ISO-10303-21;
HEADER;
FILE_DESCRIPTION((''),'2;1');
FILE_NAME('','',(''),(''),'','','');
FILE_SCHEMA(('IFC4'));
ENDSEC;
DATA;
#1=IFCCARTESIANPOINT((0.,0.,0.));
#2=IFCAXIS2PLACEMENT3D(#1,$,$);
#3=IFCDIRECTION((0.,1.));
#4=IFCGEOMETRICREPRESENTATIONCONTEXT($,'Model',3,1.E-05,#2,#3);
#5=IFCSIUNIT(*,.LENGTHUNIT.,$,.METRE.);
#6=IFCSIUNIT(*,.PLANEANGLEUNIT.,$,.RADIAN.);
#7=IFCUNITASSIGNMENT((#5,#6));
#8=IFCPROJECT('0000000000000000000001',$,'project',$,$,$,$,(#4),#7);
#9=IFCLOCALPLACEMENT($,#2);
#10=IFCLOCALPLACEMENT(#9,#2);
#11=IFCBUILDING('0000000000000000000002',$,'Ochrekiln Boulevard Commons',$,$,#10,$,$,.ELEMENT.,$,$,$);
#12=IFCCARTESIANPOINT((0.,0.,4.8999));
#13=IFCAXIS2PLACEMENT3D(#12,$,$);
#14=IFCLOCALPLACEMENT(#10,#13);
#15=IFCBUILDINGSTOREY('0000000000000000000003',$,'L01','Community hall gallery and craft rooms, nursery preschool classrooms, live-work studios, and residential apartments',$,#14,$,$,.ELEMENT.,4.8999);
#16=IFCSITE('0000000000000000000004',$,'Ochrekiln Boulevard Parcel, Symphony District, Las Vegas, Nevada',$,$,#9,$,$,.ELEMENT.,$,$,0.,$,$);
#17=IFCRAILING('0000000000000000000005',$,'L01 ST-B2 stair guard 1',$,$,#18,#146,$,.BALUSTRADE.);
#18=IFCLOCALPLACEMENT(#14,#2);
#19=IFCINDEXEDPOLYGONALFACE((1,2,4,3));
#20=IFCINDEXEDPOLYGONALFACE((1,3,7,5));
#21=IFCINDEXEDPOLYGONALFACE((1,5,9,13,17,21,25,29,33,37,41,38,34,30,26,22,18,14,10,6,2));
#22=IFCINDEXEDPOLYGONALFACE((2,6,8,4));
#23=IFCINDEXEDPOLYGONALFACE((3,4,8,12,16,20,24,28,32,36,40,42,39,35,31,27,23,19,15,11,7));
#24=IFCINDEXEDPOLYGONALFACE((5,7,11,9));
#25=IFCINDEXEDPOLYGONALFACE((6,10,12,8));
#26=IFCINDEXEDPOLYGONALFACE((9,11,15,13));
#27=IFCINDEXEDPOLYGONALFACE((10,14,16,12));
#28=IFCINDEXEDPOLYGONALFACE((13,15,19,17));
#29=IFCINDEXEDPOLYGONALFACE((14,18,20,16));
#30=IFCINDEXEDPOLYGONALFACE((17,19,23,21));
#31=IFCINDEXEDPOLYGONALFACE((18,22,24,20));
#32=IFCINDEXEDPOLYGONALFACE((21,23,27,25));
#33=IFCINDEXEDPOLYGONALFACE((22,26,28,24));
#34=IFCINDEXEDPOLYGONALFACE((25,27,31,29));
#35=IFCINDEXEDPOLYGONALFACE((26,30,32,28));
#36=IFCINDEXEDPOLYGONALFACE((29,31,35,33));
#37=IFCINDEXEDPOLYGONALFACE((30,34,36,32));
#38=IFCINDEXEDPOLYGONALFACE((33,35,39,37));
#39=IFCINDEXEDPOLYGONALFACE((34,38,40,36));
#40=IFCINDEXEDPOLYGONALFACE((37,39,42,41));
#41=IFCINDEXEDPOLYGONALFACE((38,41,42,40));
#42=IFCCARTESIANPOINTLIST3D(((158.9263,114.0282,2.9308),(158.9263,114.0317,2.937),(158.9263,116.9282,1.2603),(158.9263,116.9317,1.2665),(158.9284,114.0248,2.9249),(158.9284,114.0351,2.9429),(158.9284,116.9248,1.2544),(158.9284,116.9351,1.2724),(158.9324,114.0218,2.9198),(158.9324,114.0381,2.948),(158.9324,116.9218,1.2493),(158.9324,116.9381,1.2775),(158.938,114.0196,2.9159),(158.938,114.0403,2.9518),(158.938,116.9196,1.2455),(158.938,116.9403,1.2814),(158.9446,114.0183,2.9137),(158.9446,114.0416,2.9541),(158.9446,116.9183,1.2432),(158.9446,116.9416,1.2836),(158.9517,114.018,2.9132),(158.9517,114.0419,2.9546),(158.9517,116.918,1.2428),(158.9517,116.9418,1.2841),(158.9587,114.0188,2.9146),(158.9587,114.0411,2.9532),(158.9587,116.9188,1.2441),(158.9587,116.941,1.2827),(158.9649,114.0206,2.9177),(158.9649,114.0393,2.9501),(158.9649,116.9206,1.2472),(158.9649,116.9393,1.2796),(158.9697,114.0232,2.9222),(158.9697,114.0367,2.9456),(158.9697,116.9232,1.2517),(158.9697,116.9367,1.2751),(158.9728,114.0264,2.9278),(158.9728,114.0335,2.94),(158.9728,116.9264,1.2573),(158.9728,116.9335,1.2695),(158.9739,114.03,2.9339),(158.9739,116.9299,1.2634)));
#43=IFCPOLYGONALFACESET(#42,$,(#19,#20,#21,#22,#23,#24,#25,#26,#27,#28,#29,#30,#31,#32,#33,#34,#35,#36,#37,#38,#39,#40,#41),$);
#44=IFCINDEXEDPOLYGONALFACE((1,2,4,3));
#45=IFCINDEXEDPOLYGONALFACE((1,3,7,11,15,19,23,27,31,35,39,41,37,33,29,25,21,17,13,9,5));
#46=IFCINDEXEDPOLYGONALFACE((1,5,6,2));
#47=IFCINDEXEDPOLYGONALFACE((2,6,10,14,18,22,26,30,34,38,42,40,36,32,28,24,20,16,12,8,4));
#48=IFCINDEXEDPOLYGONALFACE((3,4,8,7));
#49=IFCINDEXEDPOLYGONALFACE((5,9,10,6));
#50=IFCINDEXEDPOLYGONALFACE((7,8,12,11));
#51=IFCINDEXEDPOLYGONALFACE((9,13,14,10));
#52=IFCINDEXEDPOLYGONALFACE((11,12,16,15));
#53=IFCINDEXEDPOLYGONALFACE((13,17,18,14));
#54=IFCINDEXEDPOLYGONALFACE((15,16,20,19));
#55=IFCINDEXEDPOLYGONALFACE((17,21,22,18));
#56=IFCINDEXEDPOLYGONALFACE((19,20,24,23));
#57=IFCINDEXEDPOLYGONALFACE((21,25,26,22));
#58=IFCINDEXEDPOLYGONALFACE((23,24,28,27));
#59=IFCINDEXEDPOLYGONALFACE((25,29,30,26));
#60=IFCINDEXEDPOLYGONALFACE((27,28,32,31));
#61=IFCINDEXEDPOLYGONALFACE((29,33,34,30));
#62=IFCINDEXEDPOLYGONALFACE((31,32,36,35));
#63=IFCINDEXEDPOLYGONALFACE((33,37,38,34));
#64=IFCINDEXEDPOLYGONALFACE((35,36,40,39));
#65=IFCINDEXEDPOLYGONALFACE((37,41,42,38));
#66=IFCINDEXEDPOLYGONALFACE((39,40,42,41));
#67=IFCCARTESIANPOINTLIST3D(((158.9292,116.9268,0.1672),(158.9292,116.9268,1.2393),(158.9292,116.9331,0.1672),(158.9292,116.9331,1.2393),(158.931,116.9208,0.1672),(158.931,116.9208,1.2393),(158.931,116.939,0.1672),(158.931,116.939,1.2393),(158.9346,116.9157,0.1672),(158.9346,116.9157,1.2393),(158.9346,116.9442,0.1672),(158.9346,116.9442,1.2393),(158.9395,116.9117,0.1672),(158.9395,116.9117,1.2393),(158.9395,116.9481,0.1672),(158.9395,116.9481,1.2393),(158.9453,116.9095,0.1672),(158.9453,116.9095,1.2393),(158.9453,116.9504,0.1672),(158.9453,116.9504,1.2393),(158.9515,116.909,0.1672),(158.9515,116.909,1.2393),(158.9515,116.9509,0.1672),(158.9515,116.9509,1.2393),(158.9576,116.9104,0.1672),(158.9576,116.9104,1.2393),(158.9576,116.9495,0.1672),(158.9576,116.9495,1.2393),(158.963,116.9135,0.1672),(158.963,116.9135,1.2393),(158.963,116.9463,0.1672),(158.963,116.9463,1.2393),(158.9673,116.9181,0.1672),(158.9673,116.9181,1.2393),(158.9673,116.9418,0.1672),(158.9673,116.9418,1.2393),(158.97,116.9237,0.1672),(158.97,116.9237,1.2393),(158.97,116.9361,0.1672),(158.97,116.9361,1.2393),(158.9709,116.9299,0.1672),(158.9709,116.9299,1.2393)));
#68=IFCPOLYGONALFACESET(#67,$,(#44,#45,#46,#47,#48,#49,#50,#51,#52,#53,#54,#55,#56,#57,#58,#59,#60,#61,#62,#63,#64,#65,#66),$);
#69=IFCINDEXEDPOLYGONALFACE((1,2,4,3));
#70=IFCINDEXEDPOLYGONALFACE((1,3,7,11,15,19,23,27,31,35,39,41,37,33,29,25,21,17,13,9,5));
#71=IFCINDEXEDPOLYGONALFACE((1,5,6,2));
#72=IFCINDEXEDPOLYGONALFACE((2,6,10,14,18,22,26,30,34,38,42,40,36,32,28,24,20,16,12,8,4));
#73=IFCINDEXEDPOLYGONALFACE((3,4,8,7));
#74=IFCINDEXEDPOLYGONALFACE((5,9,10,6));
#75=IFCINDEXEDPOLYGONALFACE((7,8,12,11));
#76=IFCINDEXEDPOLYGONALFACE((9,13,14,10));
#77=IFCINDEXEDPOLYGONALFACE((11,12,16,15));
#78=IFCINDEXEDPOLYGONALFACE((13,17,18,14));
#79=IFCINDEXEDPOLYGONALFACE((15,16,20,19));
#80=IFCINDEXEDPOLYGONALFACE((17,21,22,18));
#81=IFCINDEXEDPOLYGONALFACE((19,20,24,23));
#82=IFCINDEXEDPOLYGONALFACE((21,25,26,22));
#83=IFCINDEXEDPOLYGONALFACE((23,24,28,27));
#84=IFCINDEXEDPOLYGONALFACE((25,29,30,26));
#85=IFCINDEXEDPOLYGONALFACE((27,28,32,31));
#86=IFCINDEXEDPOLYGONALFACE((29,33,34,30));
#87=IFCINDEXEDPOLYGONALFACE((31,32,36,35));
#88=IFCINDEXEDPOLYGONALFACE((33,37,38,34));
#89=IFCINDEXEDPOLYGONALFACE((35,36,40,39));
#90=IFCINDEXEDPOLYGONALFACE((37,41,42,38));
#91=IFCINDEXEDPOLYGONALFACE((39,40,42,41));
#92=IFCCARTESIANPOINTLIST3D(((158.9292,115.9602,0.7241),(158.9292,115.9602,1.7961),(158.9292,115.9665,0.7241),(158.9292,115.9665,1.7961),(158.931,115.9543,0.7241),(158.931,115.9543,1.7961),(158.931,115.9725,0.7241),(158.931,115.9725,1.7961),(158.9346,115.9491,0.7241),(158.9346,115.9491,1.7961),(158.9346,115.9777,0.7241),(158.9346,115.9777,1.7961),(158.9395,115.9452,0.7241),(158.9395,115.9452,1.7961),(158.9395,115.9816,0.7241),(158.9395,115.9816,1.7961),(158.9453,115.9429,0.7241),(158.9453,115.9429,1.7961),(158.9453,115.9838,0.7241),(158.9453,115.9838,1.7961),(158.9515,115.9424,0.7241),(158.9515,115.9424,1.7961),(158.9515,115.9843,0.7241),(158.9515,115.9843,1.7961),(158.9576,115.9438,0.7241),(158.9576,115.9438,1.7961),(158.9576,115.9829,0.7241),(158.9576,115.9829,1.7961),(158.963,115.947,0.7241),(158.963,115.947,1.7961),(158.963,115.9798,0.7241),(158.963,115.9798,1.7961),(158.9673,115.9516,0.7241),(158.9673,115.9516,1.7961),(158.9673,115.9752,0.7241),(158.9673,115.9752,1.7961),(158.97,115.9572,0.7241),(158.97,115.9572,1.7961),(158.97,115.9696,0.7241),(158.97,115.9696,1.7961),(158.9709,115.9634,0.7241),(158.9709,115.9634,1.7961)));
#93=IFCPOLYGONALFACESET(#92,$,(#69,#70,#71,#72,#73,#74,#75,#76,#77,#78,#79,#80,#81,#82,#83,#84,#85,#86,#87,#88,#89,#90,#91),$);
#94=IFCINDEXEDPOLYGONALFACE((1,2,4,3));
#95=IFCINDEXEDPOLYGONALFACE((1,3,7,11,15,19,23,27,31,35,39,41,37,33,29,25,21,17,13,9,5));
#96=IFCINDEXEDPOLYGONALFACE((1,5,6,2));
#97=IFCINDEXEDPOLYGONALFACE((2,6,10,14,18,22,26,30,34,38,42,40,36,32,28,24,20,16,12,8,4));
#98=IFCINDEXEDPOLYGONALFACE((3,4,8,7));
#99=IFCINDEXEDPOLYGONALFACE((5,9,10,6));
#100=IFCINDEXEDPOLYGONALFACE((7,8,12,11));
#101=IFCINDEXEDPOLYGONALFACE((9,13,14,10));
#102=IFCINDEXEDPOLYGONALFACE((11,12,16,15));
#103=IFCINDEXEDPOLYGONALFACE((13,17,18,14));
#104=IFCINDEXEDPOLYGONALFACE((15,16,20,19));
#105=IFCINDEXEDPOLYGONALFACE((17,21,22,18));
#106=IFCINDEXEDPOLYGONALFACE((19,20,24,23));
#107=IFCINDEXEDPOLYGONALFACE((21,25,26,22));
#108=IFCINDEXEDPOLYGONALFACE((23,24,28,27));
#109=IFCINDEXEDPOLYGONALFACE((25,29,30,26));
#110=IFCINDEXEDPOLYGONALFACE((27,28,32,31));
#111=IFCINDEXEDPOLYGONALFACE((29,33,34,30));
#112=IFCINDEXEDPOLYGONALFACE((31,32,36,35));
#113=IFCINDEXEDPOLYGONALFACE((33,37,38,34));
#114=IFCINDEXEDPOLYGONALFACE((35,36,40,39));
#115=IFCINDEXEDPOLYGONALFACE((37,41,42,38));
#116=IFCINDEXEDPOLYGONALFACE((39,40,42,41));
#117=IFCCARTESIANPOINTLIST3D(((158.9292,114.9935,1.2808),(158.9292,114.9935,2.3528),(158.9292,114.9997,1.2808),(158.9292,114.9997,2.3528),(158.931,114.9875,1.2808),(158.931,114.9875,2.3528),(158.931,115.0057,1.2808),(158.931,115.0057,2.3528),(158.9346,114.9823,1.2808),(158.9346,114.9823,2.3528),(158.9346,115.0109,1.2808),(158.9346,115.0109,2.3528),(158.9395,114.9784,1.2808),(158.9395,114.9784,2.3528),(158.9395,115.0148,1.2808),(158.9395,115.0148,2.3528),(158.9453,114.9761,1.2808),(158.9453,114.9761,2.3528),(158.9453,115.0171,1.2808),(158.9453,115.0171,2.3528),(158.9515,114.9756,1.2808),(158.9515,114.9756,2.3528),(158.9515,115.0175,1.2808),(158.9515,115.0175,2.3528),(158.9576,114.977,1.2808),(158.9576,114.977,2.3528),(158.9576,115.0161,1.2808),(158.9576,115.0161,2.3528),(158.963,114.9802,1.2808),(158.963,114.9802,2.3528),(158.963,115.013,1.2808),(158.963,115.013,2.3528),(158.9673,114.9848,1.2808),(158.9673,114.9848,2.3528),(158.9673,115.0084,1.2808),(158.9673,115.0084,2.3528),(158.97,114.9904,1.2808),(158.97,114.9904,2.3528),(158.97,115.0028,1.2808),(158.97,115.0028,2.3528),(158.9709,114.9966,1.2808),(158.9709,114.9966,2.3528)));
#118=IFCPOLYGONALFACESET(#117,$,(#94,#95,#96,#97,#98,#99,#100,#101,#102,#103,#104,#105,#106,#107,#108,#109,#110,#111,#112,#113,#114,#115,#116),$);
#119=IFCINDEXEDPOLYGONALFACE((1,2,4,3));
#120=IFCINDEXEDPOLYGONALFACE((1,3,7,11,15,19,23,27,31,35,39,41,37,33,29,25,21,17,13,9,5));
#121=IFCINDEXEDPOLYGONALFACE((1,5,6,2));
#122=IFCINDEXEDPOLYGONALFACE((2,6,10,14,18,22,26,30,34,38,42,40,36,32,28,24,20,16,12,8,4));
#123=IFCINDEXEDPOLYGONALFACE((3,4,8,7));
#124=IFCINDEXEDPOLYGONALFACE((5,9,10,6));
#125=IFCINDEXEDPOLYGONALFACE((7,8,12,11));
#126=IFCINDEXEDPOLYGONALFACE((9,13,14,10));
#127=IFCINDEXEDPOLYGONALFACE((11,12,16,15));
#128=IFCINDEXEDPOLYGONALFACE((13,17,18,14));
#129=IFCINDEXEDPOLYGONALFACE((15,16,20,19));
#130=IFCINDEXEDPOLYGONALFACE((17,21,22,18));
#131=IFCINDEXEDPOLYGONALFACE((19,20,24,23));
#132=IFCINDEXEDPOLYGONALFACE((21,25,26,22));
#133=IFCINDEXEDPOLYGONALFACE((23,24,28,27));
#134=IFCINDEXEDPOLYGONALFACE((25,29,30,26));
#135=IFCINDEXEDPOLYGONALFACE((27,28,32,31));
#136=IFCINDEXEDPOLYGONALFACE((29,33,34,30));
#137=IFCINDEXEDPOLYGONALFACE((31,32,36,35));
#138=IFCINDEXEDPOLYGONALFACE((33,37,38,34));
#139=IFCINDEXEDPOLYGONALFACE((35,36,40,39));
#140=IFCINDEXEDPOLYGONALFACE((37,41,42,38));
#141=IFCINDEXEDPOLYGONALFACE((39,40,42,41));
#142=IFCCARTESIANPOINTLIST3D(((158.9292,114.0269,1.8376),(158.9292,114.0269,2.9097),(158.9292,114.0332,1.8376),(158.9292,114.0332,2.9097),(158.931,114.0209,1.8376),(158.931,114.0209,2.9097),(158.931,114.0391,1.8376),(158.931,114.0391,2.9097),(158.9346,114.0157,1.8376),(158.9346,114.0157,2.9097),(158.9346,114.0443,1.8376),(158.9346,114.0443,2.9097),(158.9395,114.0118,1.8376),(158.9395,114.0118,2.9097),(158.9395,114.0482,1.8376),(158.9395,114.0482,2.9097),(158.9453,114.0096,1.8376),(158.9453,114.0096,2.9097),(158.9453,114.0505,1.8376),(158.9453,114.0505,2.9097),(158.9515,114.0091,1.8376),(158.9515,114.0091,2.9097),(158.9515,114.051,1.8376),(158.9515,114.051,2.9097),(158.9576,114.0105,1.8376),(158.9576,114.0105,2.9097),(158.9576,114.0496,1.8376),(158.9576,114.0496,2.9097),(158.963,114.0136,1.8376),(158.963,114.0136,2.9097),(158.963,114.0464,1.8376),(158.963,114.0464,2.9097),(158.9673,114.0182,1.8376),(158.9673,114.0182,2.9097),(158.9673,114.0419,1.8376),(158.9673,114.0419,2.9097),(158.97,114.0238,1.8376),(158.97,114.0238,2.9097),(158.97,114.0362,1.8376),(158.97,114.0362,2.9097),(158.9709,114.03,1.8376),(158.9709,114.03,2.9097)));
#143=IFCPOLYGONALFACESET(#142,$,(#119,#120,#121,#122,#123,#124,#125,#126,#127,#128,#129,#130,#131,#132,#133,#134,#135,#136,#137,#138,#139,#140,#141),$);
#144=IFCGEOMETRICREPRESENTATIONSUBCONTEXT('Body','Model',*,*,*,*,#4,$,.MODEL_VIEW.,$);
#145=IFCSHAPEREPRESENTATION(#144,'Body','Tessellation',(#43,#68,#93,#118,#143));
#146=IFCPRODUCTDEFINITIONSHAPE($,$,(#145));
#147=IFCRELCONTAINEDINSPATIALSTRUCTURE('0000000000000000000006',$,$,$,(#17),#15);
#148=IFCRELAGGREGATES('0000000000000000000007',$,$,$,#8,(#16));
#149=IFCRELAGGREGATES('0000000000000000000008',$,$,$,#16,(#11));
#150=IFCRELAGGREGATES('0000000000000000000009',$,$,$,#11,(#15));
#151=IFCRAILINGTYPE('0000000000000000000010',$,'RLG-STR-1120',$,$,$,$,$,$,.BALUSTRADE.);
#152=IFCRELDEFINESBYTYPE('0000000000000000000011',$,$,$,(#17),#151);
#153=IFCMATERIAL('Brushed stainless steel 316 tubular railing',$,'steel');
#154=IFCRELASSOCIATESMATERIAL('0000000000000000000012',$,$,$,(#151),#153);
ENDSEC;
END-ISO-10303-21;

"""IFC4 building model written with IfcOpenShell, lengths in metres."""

from ifc_helpers import new_model, si_unit, direction, frame, origin, origin_2d, place, context, subcontext, project, spatial, circle, extrude, material, type_object, element, save


model = new_model("IFC4")

# Units and contexts
model_context = context("Model", 3, precision=1e-05, world=origin(), true_north=direction((0.0, 1.0)))
body_context = subcontext(model_context, "Body", "Model", "MODEL_VIEW")
ifc_project = project(units=[si_unit("LENGTHUNIT", "METRE"), si_unit("PLANEANGLEUNIT", "RADIAN")], contexts=[model_context])

# Site, building, storey
site_placement = place(None, origin())
site = spatial("IfcSite", under=ifc_project, at=site_placement, Name="Ochrekiln Boulevard Parcel, Symphony District, Las Vegas, Nevada", CompositionType="ELEMENT", RefElevation=0.0)
building_placement = place(site_placement, origin())
building = spatial("IfcBuilding", under=site, at=building_placement, Name="Ochrekiln Boulevard Commons", CompositionType="ELEMENT")
storey_placement = place(building_placement, frame((0.0, 0.0, 4.8999)))
storey = spatial("IfcBuildingStorey", under=building, at=storey_placement, Name="L01", Description="Community hall gallery and craft rooms, nursery preschool classrooms, live-work studios, and residential apartments", CompositionType="ELEMENT", Elevation=4.8999)

# Railing
ifc_material_1 = material(Name="Brushed stainless steel 316 tubular railing", Category="steel")
railing_type_1 = type_object("IfcRailingType", Name="RLG-STR-1120", PredefinedType="BALUSTRADE", material=ifc_material_1)
railing_1_placement = place(storey_placement, frame((158.95, 116.9299, 0.1672)))
element("IfcRailing", 1, at=railing_1_placement, inside=storey, type_object=railing_type_1, Name="L01 ST-B2 stair guard 1", PredefinedType="BALUSTRADE", context=body_context, shape_type="SweptSolid", body=[
    extrude(circle(Radius=0.0239, at=origin_2d()), frame((0.0, 0.0, 1.0962), z_axis=(0.0, -0.866523, 0.499137), x_axis=(1.0, 0.0, 0.0)), (0.0, 0.0, 1.0), 3.3467),
    extrude(circle(Radius=0.021, at=origin_2d()), origin(), (0.0, 0.0, 1.0), 1.072),
    extrude(circle(Radius=0.021, at=origin_2d()), frame((0.0, -0.9666, 0.5569)), (0.0, 0.0, 1.0), 1.072),
    extrude(circle(Radius=0.021, at=origin_2d()), frame((0.0, -1.9333, 1.1135)), (0.0, 0.0, 1.0), 1.072),
    extrude(circle(Radius=0.021, at=origin_2d()), frame((0.0, -2.8999, 1.6704)), (0.0, 0.0, 1.0), 1.072),
])

save(model, "model.ifc")
